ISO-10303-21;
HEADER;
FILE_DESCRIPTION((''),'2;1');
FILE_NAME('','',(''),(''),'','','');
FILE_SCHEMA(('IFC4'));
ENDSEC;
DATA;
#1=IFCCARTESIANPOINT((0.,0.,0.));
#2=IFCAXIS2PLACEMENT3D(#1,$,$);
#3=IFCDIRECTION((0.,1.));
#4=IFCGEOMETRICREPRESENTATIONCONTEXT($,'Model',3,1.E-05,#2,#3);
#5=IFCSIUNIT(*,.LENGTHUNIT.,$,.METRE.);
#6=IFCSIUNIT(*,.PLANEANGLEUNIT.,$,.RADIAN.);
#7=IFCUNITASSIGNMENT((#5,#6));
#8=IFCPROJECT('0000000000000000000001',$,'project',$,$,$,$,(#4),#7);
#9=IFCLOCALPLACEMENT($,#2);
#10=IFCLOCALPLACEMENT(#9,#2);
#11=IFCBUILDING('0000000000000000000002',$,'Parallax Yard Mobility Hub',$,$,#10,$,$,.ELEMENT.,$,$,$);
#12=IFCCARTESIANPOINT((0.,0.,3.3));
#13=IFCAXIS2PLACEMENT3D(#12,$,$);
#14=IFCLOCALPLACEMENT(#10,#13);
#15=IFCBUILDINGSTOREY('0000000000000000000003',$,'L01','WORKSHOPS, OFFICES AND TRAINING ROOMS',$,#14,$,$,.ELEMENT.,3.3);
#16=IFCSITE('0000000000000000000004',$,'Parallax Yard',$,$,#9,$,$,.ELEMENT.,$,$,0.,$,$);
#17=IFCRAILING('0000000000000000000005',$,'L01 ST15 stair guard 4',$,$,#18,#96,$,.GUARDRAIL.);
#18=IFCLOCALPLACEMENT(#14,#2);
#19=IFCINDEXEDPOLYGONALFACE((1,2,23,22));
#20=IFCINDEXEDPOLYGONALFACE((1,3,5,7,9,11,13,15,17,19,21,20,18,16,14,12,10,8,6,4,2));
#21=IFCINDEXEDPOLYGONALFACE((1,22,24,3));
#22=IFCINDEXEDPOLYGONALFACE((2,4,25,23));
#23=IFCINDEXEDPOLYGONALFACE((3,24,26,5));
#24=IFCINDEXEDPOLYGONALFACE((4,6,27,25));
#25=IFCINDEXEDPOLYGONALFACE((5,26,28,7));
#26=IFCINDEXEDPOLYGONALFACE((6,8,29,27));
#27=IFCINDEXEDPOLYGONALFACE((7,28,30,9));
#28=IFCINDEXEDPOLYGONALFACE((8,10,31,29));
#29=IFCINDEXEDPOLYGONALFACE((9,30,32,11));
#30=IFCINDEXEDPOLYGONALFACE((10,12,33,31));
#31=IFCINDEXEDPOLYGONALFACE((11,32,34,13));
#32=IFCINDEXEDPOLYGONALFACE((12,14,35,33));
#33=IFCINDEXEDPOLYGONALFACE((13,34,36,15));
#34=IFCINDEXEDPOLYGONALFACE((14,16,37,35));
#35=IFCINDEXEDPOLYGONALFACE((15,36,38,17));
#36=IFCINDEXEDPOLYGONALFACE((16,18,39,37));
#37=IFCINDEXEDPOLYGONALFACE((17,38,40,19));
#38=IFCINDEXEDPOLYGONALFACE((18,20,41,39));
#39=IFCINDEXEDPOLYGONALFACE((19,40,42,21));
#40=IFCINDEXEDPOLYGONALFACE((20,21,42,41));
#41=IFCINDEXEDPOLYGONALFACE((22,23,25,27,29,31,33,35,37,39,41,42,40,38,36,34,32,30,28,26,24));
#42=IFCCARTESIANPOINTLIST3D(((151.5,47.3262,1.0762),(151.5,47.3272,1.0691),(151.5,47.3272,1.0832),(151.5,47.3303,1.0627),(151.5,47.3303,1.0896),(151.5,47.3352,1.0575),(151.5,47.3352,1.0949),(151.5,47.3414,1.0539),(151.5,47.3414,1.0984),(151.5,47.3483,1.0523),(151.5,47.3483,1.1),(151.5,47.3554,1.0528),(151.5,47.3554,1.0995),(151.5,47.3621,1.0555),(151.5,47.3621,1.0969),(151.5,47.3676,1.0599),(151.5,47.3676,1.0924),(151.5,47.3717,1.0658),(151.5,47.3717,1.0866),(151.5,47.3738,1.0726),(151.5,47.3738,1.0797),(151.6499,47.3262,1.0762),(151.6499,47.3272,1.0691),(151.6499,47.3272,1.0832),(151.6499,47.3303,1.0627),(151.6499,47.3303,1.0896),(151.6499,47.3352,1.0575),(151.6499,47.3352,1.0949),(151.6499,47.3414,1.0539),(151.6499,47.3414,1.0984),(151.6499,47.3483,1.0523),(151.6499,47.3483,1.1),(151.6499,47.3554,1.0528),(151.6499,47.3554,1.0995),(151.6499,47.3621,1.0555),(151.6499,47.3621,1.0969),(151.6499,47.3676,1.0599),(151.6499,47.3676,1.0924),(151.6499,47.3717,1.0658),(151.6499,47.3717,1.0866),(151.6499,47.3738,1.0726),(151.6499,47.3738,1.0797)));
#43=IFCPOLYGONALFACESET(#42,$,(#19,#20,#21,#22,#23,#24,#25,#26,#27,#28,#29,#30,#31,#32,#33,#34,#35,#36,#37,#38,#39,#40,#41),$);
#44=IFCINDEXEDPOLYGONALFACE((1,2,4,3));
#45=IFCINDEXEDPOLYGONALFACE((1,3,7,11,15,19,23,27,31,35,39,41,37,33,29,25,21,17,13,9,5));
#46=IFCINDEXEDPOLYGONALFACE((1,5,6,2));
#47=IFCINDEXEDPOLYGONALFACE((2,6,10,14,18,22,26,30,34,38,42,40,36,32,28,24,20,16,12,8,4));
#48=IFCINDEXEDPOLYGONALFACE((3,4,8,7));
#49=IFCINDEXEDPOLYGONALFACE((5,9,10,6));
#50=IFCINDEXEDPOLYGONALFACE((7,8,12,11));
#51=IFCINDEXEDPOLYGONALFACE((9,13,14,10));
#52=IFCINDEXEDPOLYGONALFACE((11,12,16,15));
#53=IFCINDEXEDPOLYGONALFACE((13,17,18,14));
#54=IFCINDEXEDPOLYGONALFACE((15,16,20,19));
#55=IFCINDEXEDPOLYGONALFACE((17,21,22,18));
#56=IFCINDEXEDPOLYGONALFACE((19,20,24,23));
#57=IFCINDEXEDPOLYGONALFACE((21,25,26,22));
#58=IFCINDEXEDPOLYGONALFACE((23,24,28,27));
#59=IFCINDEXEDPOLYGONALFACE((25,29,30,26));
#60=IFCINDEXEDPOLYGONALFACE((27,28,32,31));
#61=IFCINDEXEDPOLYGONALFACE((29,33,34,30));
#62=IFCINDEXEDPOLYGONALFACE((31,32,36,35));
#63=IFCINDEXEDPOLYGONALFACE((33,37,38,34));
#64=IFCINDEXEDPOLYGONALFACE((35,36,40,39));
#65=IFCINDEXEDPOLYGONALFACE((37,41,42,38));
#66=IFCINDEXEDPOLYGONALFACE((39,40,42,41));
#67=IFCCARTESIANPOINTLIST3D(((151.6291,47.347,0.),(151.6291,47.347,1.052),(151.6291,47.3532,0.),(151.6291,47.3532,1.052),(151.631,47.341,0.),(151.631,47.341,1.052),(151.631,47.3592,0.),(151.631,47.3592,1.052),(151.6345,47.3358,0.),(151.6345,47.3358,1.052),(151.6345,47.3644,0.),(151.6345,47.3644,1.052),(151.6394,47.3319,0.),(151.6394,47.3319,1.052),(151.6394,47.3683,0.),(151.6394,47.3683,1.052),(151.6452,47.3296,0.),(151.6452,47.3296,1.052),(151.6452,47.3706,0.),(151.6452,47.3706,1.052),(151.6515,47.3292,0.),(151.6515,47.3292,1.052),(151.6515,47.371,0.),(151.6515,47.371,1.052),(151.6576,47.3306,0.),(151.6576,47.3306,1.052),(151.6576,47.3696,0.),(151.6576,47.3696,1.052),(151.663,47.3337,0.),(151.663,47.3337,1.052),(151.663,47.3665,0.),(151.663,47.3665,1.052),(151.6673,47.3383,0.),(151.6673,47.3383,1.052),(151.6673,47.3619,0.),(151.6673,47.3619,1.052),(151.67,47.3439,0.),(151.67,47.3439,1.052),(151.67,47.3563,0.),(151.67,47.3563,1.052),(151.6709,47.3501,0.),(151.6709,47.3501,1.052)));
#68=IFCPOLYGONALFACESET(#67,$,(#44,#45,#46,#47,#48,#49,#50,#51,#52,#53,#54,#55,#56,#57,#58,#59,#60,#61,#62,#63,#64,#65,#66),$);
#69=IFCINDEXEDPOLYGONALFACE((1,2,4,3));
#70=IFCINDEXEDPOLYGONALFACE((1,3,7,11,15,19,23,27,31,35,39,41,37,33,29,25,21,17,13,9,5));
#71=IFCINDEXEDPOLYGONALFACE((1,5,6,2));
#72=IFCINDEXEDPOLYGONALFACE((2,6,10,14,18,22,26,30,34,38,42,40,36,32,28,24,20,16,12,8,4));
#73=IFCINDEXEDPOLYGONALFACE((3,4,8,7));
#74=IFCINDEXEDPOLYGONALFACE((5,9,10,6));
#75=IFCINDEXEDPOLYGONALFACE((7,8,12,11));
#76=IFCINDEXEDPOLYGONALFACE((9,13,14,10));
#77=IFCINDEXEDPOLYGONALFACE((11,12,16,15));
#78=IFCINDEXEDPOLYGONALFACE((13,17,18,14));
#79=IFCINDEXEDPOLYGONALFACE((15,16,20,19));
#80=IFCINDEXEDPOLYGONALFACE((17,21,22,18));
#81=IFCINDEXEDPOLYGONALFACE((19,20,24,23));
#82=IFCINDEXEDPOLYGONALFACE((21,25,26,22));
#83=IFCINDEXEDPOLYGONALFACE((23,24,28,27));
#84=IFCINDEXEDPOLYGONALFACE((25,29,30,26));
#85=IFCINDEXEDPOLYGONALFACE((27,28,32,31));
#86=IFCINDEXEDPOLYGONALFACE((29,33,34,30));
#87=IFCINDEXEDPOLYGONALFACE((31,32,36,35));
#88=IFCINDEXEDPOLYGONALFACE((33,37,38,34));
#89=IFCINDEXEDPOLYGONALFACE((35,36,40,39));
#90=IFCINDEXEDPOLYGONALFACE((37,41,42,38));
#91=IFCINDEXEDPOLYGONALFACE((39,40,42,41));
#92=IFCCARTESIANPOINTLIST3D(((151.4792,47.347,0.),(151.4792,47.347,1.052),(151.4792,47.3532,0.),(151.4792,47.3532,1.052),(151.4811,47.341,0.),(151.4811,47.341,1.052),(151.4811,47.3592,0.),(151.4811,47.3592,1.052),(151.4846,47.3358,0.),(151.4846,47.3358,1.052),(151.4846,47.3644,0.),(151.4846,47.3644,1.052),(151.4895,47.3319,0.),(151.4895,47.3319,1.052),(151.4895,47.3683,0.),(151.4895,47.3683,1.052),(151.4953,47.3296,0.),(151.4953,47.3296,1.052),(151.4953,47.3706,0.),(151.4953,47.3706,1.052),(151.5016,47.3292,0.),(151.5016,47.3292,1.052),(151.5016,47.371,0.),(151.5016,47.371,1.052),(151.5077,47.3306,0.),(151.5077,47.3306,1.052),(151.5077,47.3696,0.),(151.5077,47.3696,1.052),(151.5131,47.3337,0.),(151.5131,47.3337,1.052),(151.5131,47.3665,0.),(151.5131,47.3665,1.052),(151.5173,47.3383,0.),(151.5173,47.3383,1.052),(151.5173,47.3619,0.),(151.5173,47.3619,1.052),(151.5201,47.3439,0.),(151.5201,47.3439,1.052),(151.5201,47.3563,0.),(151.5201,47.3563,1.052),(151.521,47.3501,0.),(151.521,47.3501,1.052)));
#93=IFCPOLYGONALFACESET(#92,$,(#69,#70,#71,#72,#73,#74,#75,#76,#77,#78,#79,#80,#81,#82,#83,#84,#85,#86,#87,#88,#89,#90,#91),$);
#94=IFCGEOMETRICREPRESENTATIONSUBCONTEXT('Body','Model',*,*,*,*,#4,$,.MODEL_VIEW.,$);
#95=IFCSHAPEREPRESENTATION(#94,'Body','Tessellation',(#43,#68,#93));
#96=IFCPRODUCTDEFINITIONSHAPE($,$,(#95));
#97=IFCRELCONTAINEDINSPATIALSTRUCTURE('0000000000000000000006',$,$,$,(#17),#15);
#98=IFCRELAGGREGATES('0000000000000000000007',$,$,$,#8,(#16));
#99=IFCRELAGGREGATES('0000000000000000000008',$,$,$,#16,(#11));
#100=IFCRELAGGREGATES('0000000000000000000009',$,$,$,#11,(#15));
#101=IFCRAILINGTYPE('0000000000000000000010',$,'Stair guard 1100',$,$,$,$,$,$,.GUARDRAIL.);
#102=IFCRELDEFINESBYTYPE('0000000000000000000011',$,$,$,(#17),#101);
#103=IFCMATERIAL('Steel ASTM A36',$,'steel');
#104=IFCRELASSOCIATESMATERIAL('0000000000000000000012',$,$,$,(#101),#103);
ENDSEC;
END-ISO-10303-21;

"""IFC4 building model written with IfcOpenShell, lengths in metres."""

from ifc_helpers import new_model, si_unit, direction, frame, origin, origin_2d, place, context, subcontext, project, spatial, circle, extrude, material, type_object, element, save


model = new_model("IFC4")

# Units and contexts
model_context = context("Model", 3, precision=1e-05, world=origin(), true_north=direction((0.0, 1.0)))
body_context = subcontext(model_context, "Body", "Model", "MODEL_VIEW")
ifc_project = project(units=[si_unit("LENGTHUNIT", "METRE"), si_unit("PLANEANGLEUNIT", "RADIAN")], contexts=[model_context])

# Site, building, storey
site_placement = place(None, origin())
site = spatial("IfcSite", under=ifc_project, at=site_placement, Name="Parallax Yard", CompositionType="ELEMENT", RefElevation=0.0)
building_placement = place(site_placement, origin())
building = spatial("IfcBuilding", under=site, at=building_placement, Name="Parallax Yard Mobility Hub", CompositionType="ELEMENT")
storey_placement = place(building_placement, frame((0.0, 0.0, 3.3)))
storey = spatial("IfcBuildingStorey", under=building, at=storey_placement, Name="L01", Description="WORKSHOPS, OFFICES AND TRAINING ROOMS", CompositionType="ELEMENT", Elevation=3.3)

# Railing
ifc_material_1 = material(Name="Steel ASTM A36", Category="steel")
railing_type = type_object("IfcRailingType", Name="Stair guard 1100", PredefinedType="GUARDRAIL", material=ifc_material_1)
railing_1_placement = place(storey_placement, frame((151.6499, 47.3501, 0.0)))
element("IfcRailing", 1, at=railing_1_placement, inside=storey, type_object=railing_type, Name="L01 ST15 stair guard 4", PredefinedType="GUARDRAIL", context=body_context, shape_type="SweptSolid", body=[
    extrude(circle(Radius=0.0239, at=origin_2d()), frame((0.0, 0.0, 1.0762), z_axis=(-1.0, 0.0, 0.0), x_axis=(0.0, -1.0, 0.0)), (0.0, 0.0, 1.0), 0.1499),
    extrude(circle(Radius=0.021, at=origin_2d()), origin(), (0.0, 0.0, 1.0), 1.052),
    extrude(circle(Radius=0.021, at=origin_2d()), frame((-0.1499, 0.0, 0.0)), (0.0, 0.0, 1.0), 1.052),
])

save(model, "model.ifc")
